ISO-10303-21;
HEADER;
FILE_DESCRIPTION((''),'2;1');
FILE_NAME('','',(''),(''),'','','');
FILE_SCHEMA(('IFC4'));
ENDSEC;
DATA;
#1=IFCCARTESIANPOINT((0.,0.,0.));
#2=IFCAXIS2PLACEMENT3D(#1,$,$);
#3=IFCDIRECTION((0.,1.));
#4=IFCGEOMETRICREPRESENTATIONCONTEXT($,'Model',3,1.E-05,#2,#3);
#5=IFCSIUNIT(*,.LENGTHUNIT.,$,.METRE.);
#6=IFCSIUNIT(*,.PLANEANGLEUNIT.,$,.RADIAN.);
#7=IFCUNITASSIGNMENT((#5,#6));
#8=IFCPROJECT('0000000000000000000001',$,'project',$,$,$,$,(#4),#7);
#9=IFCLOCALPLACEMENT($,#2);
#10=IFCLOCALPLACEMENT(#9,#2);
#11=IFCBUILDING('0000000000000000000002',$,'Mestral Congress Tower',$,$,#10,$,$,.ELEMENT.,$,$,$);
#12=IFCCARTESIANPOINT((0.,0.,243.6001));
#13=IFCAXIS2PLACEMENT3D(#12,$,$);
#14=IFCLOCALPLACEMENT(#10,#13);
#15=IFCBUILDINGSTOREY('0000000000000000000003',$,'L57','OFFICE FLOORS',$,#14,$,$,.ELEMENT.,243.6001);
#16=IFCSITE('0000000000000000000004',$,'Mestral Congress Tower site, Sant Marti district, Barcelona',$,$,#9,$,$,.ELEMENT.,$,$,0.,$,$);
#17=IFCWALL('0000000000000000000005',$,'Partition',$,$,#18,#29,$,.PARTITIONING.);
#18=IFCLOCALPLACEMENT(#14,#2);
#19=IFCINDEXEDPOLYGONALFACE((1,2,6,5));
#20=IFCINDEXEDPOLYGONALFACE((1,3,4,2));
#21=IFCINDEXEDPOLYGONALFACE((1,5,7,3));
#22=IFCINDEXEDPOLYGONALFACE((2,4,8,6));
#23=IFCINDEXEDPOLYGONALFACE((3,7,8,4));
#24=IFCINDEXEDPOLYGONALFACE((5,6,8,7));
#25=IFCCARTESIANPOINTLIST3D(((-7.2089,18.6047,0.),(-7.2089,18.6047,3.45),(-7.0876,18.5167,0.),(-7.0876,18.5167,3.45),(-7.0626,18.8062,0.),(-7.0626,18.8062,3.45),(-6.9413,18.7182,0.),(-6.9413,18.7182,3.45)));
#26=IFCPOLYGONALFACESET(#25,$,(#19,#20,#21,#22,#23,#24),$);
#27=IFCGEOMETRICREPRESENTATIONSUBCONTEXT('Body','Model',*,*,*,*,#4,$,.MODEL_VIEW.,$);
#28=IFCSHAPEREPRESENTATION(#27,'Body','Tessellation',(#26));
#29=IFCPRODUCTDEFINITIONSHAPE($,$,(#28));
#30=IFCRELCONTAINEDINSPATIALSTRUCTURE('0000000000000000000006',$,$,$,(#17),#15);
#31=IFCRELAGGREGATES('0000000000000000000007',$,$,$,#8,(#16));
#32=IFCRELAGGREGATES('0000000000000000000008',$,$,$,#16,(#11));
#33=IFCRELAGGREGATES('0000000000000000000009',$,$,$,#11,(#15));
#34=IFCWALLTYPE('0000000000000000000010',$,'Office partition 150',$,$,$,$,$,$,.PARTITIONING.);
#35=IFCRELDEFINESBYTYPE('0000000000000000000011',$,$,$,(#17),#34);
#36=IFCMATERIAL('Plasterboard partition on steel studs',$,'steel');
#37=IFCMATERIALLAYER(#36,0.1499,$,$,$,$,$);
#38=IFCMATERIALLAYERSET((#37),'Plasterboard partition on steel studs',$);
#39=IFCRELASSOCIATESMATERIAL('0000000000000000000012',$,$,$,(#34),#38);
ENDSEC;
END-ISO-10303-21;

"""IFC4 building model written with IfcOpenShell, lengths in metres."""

from ifc_helpers import new_model, si_unit, direction, frame, frame_2d, origin, place, context, subcontext, project, spatial, rectangle, extrude, material, layer, layer_set, type_object, element, save


model = new_model("IFC4")

# Units and contexts
model_context = context("Model", 3, precision=1e-05, world=origin(), true_north=direction((0.0, 1.0)))
body_context = subcontext(model_context, "Body", "Model", "MODEL_VIEW")
ifc_project = project(units=[si_unit("LENGTHUNIT", "METRE"), si_unit("PLANEANGLEUNIT", "RADIAN")], contexts=[model_context])

# Site, building, storey
site_placement = place(None, origin())
site = spatial("IfcSite", under=ifc_project, at=site_placement, Name="Mestral Congress Tower site, Sant Marti district, Barcelona", CompositionType="ELEMENT", RefElevation=0.0)
building_placement = place(site_placement, origin())
building = spatial("IfcBuilding", under=site, at=building_placement, Name="Mestral Congress Tower", CompositionType="ELEMENT")
storey_placement = place(building_placement, frame((0.0, 0.0, 243.6001)))
storey = spatial("IfcBuildingStorey", under=building, at=storey_placement, Name="L57", Description="OFFICE FLOORS", CompositionType="ELEMENT", Elevation=243.6001)

# Shared definitions
ifc_material_1 = material(Name="Plasterboard partition on steel studs", Category="steel")
ifc_layer_1 = layer(ifc_material_1, 0.1499)
ifc_layer_set_1 = layer_set([ifc_layer_1], Name="Plasterboard partition on steel studs")
wall_type_1 = type_object("IfcWallType", Name="Office partition 150", PredefinedType="PARTITIONING", material=ifc_layer_set_1)

# Wall
wall_1_placement = place(storey_placement, frame((-7.002, 18.7622, 0.0), z_axis=(0.0, 0.0, 1.0), x_axis=(-0.58753, -0.809202, 0.0)))
element("IfcWall", 1, at=wall_1_placement, inside=storey, type_object=wall_type_1, Name="Partition", PredefinedType="PARTITIONING", context=body_context, shape_type="SweptSolid", body=[
    extrude(rectangle(XDim=0.249, YDim=0.1499, at=frame_2d((0.1245, 0.0))), origin(), (0.0, 0.0, 1.0), 3.45),
])

save(model, "model.ifc")
